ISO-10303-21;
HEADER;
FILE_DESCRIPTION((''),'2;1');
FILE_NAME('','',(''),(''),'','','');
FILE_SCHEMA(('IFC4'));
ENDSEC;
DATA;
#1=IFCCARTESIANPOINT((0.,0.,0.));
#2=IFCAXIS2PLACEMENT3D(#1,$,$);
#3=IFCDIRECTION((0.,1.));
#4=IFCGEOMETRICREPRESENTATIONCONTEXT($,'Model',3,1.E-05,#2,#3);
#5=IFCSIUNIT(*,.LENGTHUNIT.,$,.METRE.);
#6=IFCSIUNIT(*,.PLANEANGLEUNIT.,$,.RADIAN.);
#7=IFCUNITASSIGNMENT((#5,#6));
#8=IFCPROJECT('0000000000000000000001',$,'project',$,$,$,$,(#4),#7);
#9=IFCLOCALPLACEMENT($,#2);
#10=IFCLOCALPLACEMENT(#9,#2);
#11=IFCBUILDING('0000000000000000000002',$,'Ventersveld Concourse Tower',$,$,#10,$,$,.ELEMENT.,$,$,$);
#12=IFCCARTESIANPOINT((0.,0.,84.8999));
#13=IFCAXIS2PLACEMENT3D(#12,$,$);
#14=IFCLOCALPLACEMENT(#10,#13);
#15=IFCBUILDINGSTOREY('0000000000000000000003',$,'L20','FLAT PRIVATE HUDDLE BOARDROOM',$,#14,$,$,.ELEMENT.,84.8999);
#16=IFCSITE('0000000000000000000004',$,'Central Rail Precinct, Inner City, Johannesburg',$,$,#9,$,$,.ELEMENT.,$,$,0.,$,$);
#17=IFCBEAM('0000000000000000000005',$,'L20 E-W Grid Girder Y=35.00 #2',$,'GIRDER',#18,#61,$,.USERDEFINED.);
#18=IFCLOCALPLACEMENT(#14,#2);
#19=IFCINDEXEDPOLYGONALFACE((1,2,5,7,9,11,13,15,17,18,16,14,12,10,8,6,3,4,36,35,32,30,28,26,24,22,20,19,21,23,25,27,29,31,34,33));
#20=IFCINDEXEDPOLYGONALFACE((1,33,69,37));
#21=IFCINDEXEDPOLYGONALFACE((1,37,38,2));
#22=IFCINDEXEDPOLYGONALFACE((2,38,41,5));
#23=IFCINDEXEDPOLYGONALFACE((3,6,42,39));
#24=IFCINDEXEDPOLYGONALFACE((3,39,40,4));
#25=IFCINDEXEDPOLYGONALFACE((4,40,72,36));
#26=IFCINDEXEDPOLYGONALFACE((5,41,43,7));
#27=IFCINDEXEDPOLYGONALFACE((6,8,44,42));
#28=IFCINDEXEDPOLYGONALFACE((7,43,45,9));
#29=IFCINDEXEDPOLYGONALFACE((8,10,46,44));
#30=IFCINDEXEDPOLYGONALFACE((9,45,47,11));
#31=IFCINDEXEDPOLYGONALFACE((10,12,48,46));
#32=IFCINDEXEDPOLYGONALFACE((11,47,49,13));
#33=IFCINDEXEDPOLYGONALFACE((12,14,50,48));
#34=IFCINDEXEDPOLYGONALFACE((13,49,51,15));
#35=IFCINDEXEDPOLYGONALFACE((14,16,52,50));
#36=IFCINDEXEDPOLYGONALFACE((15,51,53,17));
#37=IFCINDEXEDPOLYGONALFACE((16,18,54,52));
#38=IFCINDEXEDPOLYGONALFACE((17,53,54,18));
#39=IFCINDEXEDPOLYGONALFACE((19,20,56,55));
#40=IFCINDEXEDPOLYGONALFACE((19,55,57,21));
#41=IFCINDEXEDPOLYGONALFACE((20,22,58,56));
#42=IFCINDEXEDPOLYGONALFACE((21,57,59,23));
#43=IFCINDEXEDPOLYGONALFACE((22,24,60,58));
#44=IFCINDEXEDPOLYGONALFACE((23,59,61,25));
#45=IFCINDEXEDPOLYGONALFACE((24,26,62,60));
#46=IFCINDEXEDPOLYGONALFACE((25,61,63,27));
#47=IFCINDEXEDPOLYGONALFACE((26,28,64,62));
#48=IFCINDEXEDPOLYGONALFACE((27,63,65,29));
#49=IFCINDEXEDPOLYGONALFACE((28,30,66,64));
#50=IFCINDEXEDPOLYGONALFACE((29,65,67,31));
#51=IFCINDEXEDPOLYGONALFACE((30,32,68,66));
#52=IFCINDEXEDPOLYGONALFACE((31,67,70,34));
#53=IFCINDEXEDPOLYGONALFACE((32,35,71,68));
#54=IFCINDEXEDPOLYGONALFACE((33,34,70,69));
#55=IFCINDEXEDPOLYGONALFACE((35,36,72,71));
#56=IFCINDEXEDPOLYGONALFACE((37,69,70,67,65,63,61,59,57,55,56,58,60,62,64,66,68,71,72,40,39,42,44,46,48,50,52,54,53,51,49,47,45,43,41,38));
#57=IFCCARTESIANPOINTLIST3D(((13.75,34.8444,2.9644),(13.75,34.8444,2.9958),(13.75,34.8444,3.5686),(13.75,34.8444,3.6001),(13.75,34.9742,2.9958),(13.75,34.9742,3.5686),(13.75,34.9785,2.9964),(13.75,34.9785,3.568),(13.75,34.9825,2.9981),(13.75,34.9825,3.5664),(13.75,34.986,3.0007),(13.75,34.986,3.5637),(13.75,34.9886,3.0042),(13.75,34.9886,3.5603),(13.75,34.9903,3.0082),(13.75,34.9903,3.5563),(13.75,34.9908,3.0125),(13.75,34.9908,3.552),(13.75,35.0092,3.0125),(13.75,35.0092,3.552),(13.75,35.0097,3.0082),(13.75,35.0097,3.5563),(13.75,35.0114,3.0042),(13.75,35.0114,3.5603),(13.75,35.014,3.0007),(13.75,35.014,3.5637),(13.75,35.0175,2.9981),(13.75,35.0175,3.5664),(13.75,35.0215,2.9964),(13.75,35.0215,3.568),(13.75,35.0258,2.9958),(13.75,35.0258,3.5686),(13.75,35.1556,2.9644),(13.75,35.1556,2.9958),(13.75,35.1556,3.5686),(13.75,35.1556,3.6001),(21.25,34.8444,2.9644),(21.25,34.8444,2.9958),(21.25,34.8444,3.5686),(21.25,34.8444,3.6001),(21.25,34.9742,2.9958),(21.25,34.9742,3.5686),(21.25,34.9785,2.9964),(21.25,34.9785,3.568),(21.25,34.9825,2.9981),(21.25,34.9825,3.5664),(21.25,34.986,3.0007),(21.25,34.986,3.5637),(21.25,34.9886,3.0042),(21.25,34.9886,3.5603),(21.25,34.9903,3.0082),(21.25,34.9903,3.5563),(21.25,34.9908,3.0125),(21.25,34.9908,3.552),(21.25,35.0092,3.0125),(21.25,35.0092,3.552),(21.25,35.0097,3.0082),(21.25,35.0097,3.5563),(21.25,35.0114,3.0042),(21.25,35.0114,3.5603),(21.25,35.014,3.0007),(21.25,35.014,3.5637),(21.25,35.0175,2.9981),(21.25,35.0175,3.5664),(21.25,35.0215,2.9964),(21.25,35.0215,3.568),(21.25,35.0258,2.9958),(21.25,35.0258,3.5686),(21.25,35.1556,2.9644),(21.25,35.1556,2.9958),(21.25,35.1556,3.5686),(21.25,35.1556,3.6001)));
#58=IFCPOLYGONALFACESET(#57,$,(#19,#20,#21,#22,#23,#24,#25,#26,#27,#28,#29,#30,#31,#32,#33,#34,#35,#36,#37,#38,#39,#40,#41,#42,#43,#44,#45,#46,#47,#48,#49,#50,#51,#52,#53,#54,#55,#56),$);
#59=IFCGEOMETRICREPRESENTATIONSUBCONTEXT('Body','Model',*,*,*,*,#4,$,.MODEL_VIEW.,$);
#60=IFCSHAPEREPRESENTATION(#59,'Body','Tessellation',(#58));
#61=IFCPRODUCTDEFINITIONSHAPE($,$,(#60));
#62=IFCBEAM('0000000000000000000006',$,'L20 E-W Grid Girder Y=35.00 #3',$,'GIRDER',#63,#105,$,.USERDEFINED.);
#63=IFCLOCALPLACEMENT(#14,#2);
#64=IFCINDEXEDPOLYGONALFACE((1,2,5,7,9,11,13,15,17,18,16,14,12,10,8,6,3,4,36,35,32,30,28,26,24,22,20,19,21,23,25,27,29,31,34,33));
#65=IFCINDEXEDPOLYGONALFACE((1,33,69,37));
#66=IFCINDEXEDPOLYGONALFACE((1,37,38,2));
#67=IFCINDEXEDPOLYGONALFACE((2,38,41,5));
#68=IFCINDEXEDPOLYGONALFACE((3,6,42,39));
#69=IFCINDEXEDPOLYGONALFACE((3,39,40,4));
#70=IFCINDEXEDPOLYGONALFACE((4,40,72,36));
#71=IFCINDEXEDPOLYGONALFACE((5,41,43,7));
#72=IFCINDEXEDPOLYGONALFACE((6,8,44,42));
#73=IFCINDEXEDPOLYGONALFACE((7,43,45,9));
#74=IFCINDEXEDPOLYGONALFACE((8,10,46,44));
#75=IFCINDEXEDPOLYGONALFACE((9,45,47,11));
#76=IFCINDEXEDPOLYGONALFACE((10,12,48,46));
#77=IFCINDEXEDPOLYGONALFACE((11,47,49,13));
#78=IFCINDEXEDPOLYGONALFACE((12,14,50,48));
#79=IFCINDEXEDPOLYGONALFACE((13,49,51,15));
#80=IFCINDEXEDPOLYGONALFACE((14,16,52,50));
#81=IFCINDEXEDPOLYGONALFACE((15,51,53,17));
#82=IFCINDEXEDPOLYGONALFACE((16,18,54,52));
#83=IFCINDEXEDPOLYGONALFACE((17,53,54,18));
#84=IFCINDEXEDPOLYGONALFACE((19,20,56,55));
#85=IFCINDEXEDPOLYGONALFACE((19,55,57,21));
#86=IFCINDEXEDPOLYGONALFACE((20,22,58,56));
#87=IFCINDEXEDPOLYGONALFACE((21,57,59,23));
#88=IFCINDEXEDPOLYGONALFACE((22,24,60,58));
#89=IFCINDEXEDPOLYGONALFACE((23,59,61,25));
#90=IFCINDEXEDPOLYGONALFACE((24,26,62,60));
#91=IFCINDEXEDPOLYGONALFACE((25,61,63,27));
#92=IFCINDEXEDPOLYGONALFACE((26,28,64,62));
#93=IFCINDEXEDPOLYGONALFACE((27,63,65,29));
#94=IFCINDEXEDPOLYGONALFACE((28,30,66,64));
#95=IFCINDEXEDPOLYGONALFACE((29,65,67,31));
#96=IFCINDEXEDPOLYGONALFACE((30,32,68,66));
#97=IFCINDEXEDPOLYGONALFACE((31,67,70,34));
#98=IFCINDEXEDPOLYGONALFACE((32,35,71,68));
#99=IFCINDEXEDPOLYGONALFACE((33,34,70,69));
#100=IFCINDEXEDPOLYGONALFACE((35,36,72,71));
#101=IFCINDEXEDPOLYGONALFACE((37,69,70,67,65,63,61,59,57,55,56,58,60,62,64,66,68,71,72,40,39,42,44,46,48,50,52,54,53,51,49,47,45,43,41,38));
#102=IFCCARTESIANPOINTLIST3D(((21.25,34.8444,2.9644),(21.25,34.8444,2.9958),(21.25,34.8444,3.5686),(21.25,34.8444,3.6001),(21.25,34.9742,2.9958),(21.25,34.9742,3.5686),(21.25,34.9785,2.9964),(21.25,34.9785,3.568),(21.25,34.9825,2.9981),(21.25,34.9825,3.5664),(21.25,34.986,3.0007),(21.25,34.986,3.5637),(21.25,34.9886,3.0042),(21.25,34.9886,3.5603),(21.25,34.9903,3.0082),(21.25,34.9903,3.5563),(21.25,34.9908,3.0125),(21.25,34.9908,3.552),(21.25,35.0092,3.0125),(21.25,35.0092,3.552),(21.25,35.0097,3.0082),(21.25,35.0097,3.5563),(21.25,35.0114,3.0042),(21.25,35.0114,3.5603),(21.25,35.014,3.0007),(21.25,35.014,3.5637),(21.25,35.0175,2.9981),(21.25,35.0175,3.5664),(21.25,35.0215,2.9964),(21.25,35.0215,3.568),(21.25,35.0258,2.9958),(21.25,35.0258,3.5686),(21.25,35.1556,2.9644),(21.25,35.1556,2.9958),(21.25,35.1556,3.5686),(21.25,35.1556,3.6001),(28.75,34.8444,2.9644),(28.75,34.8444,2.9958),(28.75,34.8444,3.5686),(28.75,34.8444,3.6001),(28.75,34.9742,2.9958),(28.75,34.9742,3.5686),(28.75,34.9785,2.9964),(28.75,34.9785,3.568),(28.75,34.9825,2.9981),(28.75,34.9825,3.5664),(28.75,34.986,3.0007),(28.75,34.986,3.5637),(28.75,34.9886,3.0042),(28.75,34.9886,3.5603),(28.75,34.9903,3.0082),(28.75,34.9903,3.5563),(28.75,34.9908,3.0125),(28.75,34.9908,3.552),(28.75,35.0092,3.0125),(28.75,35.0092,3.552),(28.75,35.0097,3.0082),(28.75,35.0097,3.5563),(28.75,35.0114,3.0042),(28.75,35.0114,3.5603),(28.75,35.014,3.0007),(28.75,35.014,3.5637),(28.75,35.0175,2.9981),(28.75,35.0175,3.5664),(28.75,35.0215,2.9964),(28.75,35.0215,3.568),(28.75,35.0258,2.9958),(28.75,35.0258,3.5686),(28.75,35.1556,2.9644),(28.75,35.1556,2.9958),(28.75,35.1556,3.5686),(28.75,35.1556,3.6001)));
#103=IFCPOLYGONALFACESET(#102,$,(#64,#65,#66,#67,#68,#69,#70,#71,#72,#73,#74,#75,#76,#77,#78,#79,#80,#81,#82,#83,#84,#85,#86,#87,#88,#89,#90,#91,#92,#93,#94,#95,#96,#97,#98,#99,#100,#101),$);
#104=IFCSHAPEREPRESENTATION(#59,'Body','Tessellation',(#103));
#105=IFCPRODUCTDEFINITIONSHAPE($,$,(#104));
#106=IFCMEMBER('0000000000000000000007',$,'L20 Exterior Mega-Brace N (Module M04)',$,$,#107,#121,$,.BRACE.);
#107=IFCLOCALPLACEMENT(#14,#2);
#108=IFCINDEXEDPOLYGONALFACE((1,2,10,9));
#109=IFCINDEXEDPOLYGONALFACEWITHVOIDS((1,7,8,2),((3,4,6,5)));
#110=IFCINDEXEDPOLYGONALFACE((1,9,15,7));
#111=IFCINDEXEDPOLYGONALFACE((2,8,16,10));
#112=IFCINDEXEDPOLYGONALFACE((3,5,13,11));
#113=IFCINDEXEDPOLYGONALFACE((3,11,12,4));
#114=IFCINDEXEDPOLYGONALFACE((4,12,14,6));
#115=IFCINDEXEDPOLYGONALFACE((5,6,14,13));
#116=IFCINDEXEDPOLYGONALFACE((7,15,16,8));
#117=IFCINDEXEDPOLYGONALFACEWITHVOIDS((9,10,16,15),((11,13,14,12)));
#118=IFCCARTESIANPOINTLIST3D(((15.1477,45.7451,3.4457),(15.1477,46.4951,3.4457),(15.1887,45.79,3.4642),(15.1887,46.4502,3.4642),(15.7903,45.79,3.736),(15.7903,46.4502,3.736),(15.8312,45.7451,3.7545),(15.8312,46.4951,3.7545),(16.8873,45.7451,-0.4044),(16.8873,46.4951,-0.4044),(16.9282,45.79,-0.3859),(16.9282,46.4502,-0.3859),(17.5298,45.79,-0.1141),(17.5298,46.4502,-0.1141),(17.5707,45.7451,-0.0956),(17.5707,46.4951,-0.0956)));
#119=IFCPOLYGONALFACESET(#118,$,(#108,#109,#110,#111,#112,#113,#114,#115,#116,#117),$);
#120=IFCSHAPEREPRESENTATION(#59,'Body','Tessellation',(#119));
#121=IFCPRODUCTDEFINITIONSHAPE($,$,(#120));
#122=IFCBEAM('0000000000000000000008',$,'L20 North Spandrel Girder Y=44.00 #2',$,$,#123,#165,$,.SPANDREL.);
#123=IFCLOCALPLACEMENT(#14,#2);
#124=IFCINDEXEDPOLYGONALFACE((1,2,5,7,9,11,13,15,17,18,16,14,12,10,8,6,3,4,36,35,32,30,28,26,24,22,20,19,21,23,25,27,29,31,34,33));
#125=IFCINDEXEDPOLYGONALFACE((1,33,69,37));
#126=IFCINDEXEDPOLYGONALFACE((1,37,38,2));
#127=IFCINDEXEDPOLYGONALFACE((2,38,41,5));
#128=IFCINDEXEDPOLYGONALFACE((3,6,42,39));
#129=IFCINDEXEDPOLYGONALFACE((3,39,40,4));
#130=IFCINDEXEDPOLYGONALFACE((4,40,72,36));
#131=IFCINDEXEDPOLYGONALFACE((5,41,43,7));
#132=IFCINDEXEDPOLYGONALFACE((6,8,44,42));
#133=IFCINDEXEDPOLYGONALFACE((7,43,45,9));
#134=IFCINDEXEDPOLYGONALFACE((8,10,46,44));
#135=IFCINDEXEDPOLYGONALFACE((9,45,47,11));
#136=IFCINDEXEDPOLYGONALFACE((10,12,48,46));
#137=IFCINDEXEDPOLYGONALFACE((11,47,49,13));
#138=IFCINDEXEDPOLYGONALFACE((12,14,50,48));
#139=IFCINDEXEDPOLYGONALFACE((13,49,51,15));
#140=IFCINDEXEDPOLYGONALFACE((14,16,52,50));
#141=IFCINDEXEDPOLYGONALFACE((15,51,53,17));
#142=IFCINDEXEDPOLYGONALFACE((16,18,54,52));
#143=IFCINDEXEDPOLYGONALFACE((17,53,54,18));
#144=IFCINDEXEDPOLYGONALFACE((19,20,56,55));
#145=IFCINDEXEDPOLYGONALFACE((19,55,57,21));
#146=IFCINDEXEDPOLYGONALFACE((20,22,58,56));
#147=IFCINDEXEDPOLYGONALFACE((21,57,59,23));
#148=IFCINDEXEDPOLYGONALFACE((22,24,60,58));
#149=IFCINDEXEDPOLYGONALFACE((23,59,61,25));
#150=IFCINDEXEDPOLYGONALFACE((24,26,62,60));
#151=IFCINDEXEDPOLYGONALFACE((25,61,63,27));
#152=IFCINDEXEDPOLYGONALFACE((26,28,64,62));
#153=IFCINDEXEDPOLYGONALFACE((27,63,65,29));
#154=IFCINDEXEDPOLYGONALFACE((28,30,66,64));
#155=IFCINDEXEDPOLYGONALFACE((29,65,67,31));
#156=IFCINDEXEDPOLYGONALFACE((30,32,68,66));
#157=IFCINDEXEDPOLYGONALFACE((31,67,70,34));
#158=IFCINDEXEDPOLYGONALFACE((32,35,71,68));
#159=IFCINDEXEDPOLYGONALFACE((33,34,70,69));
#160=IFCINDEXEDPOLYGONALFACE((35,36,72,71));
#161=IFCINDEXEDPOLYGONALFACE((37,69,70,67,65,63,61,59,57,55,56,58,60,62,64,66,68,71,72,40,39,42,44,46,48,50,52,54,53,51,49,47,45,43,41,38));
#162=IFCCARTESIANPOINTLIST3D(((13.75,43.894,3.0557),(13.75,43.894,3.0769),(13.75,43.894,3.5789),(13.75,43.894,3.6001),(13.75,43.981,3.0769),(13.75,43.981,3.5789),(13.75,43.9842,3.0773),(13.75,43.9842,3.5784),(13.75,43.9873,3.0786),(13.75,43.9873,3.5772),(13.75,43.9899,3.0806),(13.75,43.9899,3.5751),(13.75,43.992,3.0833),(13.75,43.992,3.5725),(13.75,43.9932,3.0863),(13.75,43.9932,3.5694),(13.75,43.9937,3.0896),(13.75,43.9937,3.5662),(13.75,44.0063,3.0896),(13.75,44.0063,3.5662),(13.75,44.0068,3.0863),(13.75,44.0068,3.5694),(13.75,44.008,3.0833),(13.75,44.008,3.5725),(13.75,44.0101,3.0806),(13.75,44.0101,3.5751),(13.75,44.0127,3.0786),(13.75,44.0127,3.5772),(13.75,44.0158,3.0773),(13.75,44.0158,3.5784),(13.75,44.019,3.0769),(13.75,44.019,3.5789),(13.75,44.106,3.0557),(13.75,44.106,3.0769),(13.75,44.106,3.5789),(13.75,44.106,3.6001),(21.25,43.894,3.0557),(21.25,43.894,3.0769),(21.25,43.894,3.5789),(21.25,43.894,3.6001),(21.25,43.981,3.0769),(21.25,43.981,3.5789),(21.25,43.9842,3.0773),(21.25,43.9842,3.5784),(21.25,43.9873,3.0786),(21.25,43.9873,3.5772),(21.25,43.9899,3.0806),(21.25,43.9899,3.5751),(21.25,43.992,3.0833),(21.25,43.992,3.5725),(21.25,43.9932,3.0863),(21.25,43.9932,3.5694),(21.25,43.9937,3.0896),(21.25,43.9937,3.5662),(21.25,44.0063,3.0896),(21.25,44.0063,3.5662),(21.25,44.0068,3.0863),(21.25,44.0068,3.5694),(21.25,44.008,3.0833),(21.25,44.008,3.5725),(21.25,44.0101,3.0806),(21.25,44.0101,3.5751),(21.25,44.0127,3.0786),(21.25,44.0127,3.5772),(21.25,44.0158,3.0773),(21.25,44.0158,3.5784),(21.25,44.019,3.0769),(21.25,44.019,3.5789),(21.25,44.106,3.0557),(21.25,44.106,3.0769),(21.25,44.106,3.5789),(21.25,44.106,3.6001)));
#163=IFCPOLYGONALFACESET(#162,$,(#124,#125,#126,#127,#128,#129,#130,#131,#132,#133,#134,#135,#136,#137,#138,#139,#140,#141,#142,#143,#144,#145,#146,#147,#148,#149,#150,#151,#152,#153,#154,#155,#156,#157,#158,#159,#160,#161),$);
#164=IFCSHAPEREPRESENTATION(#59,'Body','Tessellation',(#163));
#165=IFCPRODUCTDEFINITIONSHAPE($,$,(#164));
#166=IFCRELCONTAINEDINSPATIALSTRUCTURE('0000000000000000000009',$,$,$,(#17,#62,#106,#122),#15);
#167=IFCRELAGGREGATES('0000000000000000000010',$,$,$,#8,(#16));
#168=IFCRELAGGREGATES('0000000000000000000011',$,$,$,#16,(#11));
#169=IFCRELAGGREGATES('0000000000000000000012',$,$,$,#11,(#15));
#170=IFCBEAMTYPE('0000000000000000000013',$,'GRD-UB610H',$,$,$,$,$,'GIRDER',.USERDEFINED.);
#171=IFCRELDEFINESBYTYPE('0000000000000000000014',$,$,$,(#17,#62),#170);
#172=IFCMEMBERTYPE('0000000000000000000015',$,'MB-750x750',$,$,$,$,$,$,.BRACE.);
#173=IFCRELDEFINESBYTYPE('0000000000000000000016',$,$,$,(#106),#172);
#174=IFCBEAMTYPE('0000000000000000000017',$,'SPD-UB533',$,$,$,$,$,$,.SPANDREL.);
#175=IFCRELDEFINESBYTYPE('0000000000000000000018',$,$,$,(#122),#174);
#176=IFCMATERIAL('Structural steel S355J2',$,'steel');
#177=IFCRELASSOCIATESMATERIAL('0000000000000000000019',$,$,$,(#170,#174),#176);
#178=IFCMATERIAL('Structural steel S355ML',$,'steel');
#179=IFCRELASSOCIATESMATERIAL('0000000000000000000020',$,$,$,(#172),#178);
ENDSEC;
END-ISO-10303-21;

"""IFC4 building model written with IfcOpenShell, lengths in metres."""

from ifc_helpers import new_model, si_unit, direction, frame, origin, origin_2d, place, context, subcontext, project, spatial, hollow_rectangle, i_section, extrude, material, material_profile, profile_set, type_object, element, save


model = new_model("IFC4")

# Units and contexts
model_context = context("Model", 3, precision=1e-05, world=origin(), true_north=direction((0.0, 1.0)))
body_context = subcontext(model_context, "Body", "Model", "MODEL_VIEW")
ifc_project = project(units=[si_unit("LENGTHUNIT", "METRE"), si_unit("PLANEANGLEUNIT", "RADIAN")], contexts=[model_context])

# Site, building, storey
site_placement = place(None, origin())
site = spatial("IfcSite", under=ifc_project, at=site_placement, Name="Central Rail Precinct, Inner City, Johannesburg", CompositionType="ELEMENT", RefElevation=0.0)
building_placement = place(site_placement, origin())
building = spatial("IfcBuilding", under=site, at=building_placement, Name="Ventersveld Concourse Tower", CompositionType="ELEMENT")
storey_placement = place(building_placement, frame((0.0, 0.0, 84.8999)))
storey = spatial("IfcBuildingStorey", under=building, at=storey_placement, Name="L20", Description="FLAT PRIVATE HUDDLE BOARDROOM", CompositionType="ELEMENT", Elevation=84.8999)

# Beams
ifc_material_1 = material(Name="Structural steel S355J2", Category="steel")
ifc_material_profile_1 = material_profile(ifc_material_1, i_section(OverallWidth=0.3113, OverallDepth=0.6357, WebThickness=0.0183, FlangeThickness=0.0315, FilletRadius=0.0166, at=origin_2d()), Name="UB 610x305x238")
ifc_profile_set_1 = profile_set([ifc_material_profile_1], Name="Structural steel S355J2")
beam_type_1 = type_object("IfcBeamType", Name="GRD-UB610H", ElementType="GIRDER", PredefinedType="USERDEFINED", material=ifc_profile_set_1)
for number, where, z_axis, x_axis, name in (
    (1, (13.75, 35.0, 3.2822), (1.0, 0.0, 0.0), (0.0, 1.0, 0.0), "L20 E-W Grid Girder Y=35.00 #2"),
    (2, (21.25, 35.0, 3.2822), (1.0, 0.0, 0.0), (0.0, 1.0, 0.0), "L20 E-W Grid Girder Y=35.00 #3"),
):
    element("IfcBeam", number, at=place(storey_placement, frame(where, z_axis=z_axis, x_axis=x_axis)), inside=storey, type_object=beam_type_1, Name=name, ObjectType="GIRDER", PredefinedType="USERDEFINED", context=body_context, shape_type="SweptSolid", body=[
        extrude(i_section(OverallWidth=0.3113, OverallDepth=0.6357, WebThickness=0.0183, FlangeThickness=0.0315, FilletRadius=0.0166, at=origin_2d()), origin(), (0.0, 0.0, 1.0), 7.5),
    ])

# Member
ifc_material_2 = material(Name="Structural steel S355ML", Category="steel")
ifc_material_profile_2 = material_profile(ifc_material_2, hollow_rectangle(XDim=0.75, YDim=0.75, WallThickness=0.0449, at=origin_2d()), Name="BOX 750x750x45")
ifc_profile_set_2 = profile_set([ifc_material_profile_2], Name="Structural steel S355ML")
member_type = type_object("IfcMemberType", Name="MB-750x750", PredefinedType="BRACE", material=ifc_profile_set_2)
member_placement = place(storey_placement, frame((17.229, 46.1201, -0.25), z_axis=(-0.411734, 0.0, 0.911304), x_axis=(0.0, -1.0, 0.0)))
element("IfcMember", 3, at=member_placement, inside=storey, type_object=member_type, Name="L20 Exterior Mega-Brace N (Module M04)", PredefinedType="BRACE", context=body_context, shape_type="SweptSolid", body=[
    extrude(hollow_rectangle(XDim=0.75, YDim=0.75, WallThickness=0.0449, at=origin_2d()), origin(), (0.0, 0.0, 1.0), 4.2249),
])

# Beam
ifc_material_profile_3 = material_profile(ifc_material_1, i_section(OverallWidth=0.2119, OverallDepth=0.5444, WebThickness=0.0127, FlangeThickness=0.0212, FilletRadius=0.0127, at=origin_2d()), Name="UB 533x210x122")
ifc_profile_set_3 = profile_set([ifc_material_profile_3], Name="Structural steel S355J2")
beam_type_2 = type_object("IfcBeamType", Name="SPD-UB533", PredefinedType="SPANDREL", material=ifc_profile_set_3)
for number, where, z_axis, x_axis, name in (
    (4, (13.75, 44.0, 3.3279), (1.0, 0.0, 0.0), (0.0, 1.0, 0.0), "L20 North Spandrel Girder Y=44.00 #2"),
):
    element("IfcBeam", number, at=place(storey_placement, frame(where, z_axis=z_axis, x_axis=x_axis)), inside=storey, type_object=beam_type_2, Name=name, PredefinedType="SPANDREL", context=body_context, shape_type="SweptSolid", body=[
        extrude(i_section(OverallWidth=0.2119, OverallDepth=0.5444, WebThickness=0.0127, FlangeThickness=0.0212, FilletRadius=0.0127, at=origin_2d()), origin(), (0.0, 0.0, 1.0), 7.5),
    ])

save(model, "model.ifc")
